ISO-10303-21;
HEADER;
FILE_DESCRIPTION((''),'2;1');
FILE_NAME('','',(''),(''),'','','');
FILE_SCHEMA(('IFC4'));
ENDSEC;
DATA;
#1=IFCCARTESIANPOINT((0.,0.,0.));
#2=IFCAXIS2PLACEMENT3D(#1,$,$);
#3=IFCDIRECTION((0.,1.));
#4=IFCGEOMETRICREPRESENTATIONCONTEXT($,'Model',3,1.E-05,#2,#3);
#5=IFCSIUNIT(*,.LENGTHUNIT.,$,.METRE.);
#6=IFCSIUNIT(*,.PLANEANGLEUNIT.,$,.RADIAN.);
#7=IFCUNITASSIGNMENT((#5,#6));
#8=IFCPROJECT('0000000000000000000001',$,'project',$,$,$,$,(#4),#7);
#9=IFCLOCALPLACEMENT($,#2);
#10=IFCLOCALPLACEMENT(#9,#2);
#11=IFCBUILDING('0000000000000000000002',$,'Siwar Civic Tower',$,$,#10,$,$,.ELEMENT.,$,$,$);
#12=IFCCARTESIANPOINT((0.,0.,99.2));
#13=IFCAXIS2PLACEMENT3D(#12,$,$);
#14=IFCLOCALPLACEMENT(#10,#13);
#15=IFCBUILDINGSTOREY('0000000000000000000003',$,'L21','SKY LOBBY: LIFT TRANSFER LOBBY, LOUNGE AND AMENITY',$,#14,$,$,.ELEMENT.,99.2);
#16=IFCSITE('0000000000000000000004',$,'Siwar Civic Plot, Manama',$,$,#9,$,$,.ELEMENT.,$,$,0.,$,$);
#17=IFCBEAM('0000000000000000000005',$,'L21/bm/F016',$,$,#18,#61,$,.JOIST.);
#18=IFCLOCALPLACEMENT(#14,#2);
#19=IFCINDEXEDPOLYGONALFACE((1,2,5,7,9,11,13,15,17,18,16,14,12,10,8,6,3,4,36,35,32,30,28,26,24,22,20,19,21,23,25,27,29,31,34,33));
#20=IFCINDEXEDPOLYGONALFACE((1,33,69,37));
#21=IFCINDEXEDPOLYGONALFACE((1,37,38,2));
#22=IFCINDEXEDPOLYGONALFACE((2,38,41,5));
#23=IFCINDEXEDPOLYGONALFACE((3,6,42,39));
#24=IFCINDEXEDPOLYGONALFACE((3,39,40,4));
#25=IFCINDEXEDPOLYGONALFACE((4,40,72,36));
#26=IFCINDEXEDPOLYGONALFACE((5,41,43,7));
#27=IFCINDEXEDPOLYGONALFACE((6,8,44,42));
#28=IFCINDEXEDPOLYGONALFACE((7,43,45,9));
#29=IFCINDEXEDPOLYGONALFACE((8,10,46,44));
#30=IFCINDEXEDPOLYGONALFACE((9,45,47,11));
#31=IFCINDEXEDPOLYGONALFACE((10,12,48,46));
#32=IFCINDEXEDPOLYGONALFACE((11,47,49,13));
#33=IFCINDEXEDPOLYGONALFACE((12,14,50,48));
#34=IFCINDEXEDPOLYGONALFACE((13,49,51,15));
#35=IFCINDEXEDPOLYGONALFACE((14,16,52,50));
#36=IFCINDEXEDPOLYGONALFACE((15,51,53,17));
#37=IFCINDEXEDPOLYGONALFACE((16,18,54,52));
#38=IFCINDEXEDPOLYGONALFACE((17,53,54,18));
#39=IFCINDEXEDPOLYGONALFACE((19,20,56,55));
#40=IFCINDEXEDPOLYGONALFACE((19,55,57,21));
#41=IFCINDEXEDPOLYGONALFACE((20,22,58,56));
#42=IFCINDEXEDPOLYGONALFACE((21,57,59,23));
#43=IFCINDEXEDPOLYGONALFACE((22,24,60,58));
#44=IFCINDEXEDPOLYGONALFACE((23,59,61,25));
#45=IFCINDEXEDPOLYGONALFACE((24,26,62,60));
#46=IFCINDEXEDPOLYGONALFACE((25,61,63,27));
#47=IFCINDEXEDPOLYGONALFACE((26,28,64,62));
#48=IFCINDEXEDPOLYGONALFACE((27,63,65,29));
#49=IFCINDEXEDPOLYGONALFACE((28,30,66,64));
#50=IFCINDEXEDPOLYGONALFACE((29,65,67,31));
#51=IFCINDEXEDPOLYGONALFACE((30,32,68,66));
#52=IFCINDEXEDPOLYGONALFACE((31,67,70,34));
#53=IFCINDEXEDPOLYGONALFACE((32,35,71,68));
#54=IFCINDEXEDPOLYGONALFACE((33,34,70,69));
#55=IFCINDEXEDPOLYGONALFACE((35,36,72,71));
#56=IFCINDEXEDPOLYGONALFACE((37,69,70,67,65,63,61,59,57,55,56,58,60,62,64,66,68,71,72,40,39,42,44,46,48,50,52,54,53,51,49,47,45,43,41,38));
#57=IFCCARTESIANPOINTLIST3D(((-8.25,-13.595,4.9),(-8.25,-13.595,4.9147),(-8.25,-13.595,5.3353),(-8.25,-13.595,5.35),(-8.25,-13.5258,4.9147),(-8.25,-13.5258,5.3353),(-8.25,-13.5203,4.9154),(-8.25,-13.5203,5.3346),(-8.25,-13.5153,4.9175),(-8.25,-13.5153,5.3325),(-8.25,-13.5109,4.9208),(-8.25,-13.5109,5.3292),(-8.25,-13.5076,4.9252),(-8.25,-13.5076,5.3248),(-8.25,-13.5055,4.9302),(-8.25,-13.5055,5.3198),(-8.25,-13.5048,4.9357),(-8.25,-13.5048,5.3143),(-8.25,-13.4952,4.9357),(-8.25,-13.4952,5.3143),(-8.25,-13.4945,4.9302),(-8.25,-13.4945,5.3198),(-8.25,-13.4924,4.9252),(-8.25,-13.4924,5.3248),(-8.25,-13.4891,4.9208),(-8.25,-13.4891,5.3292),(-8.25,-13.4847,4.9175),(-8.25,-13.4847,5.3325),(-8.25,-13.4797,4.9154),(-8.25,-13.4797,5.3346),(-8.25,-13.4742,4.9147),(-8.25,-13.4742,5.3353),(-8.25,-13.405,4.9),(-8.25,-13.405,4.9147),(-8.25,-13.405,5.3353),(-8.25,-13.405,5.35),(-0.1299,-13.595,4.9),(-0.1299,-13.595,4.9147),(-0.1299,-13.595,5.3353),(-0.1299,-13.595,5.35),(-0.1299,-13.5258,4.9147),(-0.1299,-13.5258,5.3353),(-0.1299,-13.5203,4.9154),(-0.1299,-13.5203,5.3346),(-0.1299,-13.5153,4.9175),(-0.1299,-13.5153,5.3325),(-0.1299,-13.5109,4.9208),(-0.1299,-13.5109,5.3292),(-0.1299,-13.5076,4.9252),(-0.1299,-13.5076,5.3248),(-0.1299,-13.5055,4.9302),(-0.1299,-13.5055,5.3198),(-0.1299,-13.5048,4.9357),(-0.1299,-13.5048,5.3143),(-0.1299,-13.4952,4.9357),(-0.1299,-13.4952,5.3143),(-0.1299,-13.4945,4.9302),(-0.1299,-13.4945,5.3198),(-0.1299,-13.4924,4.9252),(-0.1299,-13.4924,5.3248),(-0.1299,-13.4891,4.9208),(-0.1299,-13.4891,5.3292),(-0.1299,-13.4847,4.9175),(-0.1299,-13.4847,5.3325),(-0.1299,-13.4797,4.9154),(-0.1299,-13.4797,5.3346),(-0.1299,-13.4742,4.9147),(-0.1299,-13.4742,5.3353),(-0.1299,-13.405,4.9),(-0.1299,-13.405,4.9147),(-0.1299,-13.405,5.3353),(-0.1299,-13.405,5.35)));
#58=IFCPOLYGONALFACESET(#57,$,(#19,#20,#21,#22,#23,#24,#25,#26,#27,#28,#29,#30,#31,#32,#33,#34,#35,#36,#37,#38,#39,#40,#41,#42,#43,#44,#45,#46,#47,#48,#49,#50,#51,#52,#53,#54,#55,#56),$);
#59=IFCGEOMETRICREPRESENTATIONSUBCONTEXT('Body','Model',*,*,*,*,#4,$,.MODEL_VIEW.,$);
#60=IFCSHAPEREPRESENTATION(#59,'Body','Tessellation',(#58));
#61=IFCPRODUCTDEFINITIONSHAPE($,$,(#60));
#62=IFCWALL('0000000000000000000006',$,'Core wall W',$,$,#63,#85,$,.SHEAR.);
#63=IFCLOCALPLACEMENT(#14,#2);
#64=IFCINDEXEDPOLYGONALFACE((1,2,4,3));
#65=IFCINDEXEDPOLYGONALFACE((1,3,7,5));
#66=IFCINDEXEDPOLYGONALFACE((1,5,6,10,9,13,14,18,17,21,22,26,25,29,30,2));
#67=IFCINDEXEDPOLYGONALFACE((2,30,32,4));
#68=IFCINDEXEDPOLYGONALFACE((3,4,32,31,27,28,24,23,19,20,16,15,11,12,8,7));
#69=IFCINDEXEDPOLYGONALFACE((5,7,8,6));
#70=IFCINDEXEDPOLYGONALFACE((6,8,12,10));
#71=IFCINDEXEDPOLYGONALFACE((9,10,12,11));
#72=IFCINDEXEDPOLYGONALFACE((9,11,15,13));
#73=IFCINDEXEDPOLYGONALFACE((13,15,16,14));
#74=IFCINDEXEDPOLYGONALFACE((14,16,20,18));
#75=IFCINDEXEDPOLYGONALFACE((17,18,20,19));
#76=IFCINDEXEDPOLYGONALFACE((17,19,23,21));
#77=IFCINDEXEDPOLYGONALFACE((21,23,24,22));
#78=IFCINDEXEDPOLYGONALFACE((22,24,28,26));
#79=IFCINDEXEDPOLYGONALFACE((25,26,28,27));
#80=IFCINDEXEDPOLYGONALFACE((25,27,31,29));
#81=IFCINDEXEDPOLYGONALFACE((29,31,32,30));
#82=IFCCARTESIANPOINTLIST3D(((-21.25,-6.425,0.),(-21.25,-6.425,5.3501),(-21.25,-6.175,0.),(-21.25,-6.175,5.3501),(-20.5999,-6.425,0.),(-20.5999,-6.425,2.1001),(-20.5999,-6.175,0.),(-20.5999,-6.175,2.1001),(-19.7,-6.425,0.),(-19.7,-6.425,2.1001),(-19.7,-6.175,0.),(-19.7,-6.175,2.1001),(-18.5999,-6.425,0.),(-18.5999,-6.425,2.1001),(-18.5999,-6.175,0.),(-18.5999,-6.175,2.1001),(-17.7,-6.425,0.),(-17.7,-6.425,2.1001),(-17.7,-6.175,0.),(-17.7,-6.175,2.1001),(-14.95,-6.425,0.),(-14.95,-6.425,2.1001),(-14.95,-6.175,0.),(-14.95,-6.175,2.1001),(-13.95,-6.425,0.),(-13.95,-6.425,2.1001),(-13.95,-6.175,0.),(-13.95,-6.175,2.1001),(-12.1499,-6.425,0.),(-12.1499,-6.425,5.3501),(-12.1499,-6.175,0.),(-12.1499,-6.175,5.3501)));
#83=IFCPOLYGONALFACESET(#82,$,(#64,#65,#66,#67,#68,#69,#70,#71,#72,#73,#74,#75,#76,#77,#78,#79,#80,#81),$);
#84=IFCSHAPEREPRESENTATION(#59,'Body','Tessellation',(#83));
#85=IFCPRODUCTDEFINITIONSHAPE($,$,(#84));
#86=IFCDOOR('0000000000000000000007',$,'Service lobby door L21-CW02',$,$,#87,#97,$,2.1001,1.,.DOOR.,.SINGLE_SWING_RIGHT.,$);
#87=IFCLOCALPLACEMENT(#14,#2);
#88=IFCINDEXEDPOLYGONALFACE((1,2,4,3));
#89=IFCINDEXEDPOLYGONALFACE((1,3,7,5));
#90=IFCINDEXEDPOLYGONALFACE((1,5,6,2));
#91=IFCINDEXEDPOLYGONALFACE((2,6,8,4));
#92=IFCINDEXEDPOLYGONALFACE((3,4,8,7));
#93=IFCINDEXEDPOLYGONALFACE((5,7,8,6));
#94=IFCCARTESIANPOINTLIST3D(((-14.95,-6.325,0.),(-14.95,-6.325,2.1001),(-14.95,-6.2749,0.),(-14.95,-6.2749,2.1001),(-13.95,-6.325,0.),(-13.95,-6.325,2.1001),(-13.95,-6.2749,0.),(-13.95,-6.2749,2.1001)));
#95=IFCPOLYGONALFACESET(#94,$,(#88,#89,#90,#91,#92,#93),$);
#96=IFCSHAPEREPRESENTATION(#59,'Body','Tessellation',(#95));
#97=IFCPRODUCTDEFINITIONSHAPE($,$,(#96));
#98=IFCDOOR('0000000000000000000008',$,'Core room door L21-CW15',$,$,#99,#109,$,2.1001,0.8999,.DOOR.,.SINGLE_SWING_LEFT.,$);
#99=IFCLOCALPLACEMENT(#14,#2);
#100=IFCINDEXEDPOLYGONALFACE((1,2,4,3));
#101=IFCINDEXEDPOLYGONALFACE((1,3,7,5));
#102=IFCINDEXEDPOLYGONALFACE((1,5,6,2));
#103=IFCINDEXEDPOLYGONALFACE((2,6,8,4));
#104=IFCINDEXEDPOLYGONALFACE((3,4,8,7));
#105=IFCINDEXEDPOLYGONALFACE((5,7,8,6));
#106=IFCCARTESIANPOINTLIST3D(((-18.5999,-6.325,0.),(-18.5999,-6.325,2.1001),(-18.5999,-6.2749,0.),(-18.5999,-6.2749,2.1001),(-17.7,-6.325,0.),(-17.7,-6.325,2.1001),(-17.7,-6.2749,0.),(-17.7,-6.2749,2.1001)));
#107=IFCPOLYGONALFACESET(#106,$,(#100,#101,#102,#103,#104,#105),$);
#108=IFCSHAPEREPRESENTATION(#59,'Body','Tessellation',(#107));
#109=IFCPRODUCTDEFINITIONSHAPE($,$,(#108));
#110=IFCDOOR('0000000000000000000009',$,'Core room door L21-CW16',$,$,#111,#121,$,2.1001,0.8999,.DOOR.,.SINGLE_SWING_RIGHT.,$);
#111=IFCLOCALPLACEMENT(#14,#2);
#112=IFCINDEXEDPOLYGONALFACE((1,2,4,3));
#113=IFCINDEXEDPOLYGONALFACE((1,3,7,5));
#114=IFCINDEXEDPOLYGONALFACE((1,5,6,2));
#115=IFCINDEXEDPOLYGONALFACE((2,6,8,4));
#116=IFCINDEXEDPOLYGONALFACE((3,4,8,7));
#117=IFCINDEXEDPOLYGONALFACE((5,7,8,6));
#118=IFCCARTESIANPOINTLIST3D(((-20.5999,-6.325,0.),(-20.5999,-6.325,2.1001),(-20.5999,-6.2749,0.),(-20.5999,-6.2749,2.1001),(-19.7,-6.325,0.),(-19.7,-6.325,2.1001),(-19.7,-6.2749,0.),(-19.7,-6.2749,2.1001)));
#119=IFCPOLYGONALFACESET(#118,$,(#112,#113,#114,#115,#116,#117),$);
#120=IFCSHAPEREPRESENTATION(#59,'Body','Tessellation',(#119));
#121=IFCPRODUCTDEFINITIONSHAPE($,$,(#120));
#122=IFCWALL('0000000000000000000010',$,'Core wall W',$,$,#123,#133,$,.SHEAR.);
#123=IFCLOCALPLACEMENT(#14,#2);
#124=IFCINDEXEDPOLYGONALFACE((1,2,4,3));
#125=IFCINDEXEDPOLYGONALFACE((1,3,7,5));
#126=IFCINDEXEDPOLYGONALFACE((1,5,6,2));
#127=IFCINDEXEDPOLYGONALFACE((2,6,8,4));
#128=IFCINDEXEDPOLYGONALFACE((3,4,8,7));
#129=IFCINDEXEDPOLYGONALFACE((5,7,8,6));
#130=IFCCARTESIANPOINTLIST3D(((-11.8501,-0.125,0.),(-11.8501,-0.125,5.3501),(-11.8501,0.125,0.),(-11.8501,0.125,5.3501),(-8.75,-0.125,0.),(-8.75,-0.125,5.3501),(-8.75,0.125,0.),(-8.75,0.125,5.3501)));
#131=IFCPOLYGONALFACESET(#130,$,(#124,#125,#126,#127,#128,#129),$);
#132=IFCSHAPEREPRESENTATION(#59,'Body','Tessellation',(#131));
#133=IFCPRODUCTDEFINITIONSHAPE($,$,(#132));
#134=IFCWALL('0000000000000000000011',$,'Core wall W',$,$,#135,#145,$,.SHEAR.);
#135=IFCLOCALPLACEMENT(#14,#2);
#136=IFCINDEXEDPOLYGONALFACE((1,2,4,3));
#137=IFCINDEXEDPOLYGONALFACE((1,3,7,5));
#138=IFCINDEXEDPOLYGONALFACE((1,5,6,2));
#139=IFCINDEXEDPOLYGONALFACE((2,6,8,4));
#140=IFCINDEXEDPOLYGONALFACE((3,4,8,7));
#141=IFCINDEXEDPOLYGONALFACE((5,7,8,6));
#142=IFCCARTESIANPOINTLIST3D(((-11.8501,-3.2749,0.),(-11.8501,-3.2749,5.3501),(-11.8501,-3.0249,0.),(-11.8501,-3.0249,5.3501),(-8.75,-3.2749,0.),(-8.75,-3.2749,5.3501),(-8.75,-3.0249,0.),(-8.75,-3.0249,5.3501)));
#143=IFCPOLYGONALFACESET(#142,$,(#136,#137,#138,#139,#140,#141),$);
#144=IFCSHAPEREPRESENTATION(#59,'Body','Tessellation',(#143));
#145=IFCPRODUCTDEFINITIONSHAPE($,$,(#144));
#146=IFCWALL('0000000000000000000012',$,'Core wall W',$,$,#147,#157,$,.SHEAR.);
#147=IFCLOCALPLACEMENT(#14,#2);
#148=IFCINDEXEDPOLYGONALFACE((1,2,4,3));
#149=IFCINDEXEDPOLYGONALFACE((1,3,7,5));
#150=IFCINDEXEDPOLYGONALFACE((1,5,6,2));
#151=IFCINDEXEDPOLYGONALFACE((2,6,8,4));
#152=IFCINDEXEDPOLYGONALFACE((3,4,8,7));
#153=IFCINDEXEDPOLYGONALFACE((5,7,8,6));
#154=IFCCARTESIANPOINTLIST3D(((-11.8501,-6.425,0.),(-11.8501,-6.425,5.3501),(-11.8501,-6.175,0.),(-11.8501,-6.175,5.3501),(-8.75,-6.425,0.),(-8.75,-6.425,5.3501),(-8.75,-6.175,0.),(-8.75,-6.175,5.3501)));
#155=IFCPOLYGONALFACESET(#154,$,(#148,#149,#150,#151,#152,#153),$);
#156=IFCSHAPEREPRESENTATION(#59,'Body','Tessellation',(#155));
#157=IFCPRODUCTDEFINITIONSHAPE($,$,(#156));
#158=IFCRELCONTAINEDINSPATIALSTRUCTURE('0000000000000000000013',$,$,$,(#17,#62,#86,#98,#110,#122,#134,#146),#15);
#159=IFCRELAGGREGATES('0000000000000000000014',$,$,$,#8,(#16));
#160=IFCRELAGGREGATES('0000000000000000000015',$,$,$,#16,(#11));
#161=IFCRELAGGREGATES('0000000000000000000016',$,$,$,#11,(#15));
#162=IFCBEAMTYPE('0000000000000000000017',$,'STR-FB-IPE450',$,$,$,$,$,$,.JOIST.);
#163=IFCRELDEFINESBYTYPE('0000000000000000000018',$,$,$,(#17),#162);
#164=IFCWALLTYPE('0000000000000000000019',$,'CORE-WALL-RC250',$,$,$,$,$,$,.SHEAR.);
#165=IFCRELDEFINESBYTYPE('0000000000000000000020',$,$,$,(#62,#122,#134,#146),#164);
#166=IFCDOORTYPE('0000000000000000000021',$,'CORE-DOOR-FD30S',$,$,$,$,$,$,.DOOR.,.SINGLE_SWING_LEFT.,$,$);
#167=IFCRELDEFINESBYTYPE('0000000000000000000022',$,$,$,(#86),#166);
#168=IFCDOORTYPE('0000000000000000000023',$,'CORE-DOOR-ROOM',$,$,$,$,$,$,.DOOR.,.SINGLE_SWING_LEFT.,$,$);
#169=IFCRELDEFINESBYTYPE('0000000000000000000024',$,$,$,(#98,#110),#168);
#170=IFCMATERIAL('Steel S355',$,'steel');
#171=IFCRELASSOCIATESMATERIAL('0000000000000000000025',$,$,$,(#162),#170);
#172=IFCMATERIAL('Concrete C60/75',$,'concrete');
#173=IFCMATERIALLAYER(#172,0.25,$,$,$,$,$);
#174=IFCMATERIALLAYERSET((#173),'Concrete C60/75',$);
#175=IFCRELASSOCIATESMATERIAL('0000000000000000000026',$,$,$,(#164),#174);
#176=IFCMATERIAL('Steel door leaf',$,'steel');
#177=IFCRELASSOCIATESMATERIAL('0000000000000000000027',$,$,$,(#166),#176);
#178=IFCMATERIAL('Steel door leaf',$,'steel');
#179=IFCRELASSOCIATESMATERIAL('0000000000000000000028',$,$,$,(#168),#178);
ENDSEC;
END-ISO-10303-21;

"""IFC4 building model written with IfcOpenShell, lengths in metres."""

from ifc_helpers import new_model, si_unit, direction, frame, frame_2d, origin, origin_2d, place, context, subcontext, project, spatial, rectangle, i_section, extrude, material, layer, layer_set, material_profile, profile_set, type_object, element, fill, save


model = new_model("IFC4")

# Units and contexts
model_context = context("Model", 3, precision=1e-05, world=origin(), true_north=direction((0.0, 1.0)))
body_context = subcontext(model_context, "Body", "Model", "MODEL_VIEW")
ifc_project = project(units=[si_unit("LENGTHUNIT", "METRE"), si_unit("PLANEANGLEUNIT", "RADIAN")], contexts=[model_context])

# Site, building, storey
site_placement = place(None, origin())
site = spatial("IfcSite", under=ifc_project, at=site_placement, Name="Siwar Civic Plot, Manama", CompositionType="ELEMENT", RefElevation=0.0)
building_placement = place(site_placement, origin())
building = spatial("IfcBuilding", under=site, at=building_placement, Name="Siwar Civic Tower", CompositionType="ELEMENT")
storey_placement = place(building_placement, frame((0.0, 0.0, 99.2)))
storey = spatial("IfcBuildingStorey", under=building, at=storey_placement, Name="L21", Description="SKY LOBBY: LIFT TRANSFER LOBBY, LOUNGE AND AMENITY", CompositionType="ELEMENT", Elevation=99.2)

# Beam
ifc_material_1 = material(Name="Steel S355", Category="steel")
ifc_material_profile = material_profile(ifc_material_1, i_section(OverallWidth=0.1899, OverallDepth=0.45, WebThickness=0.0095, FlangeThickness=0.0146, FilletRadius=0.021, at=origin_2d()), Name="IPE450")
ifc_profile_set = profile_set([ifc_material_profile], Name="Steel S355")
beam_type = type_object("IfcBeamType", Name="STR-FB-IPE450", PredefinedType="JOIST", material=ifc_profile_set)
beam_placement = place(storey_placement, frame((-8.25, -13.5, 5.125), z_axis=(1.0, 0.0, 0.0), x_axis=(0.0, 1.0, 0.0)))
element("IfcBeam", 1, at=beam_placement, inside=storey, type_object=beam_type, Name="L21/bm/F016", PredefinedType="JOIST", context=body_context, shape_type="SweptSolid", body=[
    extrude(i_section(OverallWidth=0.1899, OverallDepth=0.45, WebThickness=0.0095, FlangeThickness=0.0146, FilletRadius=0.021, at=origin_2d()), origin(), (0.0, 0.0, 1.0), 8.1201),
])

# Wall, openings, doors
ifc_material_2 = material(Name="Concrete C60/75", Category="concrete")
ifc_layer_1 = layer(ifc_material_2, 0.25)
ifc_layer_set_1 = layer_set([ifc_layer_1], Name="Concrete C60/75")
wall_type_1 = type_object("IfcWallType", Name="CORE-WALL-RC250", PredefinedType="SHEAR", material=ifc_layer_set_1)
wall_1_placement = place(storey_placement, frame((-12.1499, -6.3, 0.0), z_axis=(0.0, 0.0, 1.0), x_axis=(-1.0, 0.0, 0.0)))
wall_1 = element("IfcWall", 2, at=wall_1_placement, inside=storey, type_object=wall_type_1, Name="Core wall W", PredefinedType="SHEAR", context=body_context, shape_type="SweptSolid", body=[
    extrude(rectangle(XDim=9.1001, YDim=0.25, at=frame_2d((4.55, 0.0))), origin(), (0.0, 0.0, 1.0), 5.3501),
])
opening_1_placement = place(wall_1_placement, frame((1.8, 0.0, 0.0)))
opening_1 = element("IfcOpeningElement", 3, at=opening_1_placement, cuts=wall_1, PredefinedType="OPENING", context=body_context, shape_type="SweptSolid", body=[
    extrude(rectangle(XDim=1.0, YDim=2.1001, at=frame_2d((0.5, 1.05))), frame((0.0, 0.135, 0.0), z_axis=(0.0, -1.0, 0.0), x_axis=(1.0, 0.0, 0.0)), (0.0, 0.0, 1.0), 0.27),
])
opening_2_placement = place(wall_1_placement, frame((5.55, 0.0, 0.0)))
opening_2 = element("IfcOpeningElement", 4, at=opening_2_placement, cuts=wall_1, PredefinedType="OPENING", context=body_context, shape_type="SweptSolid", body=[
    extrude(rectangle(XDim=0.8999, YDim=2.1001, at=frame_2d((0.45, 1.05))), frame((0.0, 0.135, 0.0), z_axis=(0.0, -1.0, 0.0), x_axis=(1.0, 0.0, 0.0)), (0.0, 0.0, 1.0), 0.27),
])
opening_3_placement = place(wall_1_placement, frame((7.55, 0.0, 0.0)))
opening_3 = element("IfcOpeningElement", 5, at=opening_3_placement, cuts=wall_1, PredefinedType="OPENING", context=body_context, shape_type="SweptSolid", body=[
    extrude(rectangle(XDim=0.8999, YDim=2.1001, at=frame_2d((0.45, 1.05))), frame((0.0, 0.135, 0.0), z_axis=(0.0, -1.0, 0.0), x_axis=(1.0, 0.0, 0.0)), (0.0, 0.0, 1.0), 0.27),
])
ifc_material_3 = material(Name="Steel door leaf", Category="steel")
door_type_1 = type_object("IfcDoorType", Name="CORE-DOOR-FD30S", OperationType="SINGLE_SWING_LEFT", PredefinedType="DOOR", material=ifc_material_3)
door_1_placement = place(opening_1_placement, origin())
door_1 = element("IfcDoor", 6, at=door_1_placement, inside=storey, type_object=door_type_1, Name="Service lobby door L21-CW02", OperationType="SINGLE_SWING_RIGHT", OverallHeight=2.1001, OverallWidth=1.0, PredefinedType="DOOR", context=body_context, shape_type="SweptSolid", body=[
    extrude(rectangle(XDim=1.0, YDim=2.1001, at=frame_2d((0.5, 1.05))), frame((0.0, 0.0249, 0.0), z_axis=(0.0, -1.0, 0.0), x_axis=(1.0, 0.0, 0.0)), (0.0, 0.0, 1.0), 0.05),
])
fill(opening_1, door_1)
ifc_material_4 = material(Name="Steel door leaf", Category="steel")
door_type_2 = type_object("IfcDoorType", Name="CORE-DOOR-ROOM", OperationType="SINGLE_SWING_LEFT", PredefinedType="DOOR", material=ifc_material_4)
door_2_placement = place(opening_2_placement, origin())
door_2 = element("IfcDoor", 7, at=door_2_placement, inside=storey, type_object=door_type_2, Name="Core room door L21-CW15", OperationType="SINGLE_SWING_LEFT", OverallHeight=2.1001, OverallWidth=0.8999, PredefinedType="DOOR", context=body_context, shape_type="SweptSolid", body=[
    extrude(rectangle(XDim=0.8999, YDim=2.1001, at=frame_2d((0.45, 1.05))), frame((0.0, 0.0249, 0.0), z_axis=(0.0, -1.0, 0.0), x_axis=(1.0, 0.0, 0.0)), (0.0, 0.0, 1.0), 0.05),
])
fill(opening_2, door_2)
door_3_placement = place(opening_3_placement, origin())
door_3 = element("IfcDoor", 8, at=door_3_placement, inside=storey, type_object=door_type_2, Name="Core room door L21-CW16", OperationType="SINGLE_SWING_RIGHT", OverallHeight=2.1001, OverallWidth=0.8999, PredefinedType="DOOR", context=body_context, shape_type="SweptSolid", body=[
    extrude(rectangle(XDim=0.8999, YDim=2.1001, at=frame_2d((0.45, 1.05))), frame((0.0, 0.0249, 0.0), z_axis=(0.0, -1.0, 0.0), x_axis=(1.0, 0.0, 0.0)), (0.0, 0.0, 1.0), 0.05),
])
fill(opening_3, door_3)

# Walls
for number, where, z_axis, x_axis, name in (
    (9, (-8.75, 0.0, 0.0), (0.0, 0.0, 1.0), (-1.0, 0.0, 0.0), "Core wall W"),
    (10, (-8.75, -3.1499, 0.0), (0.0, 0.0, 1.0), (-1.0, 0.0, 0.0), "Core wall W"),
    (11, (-8.75, -6.3, 0.0), (0.0, 0.0, 1.0), (-1.0, 0.0, 0.0), "Core wall W"),
):
    element("IfcWall", number, at=place(storey_placement, frame(where, z_axis=z_axis, x_axis=x_axis)), inside=storey, type_object=wall_type_1, Name=name, PredefinedType="SHEAR", context=body_context, shape_type="SweptSolid", body=[
        extrude(rectangle(XDim=3.1001, YDim=0.25, at=frame_2d((1.55, 0.0))), origin(), (0.0, 0.0, 1.0), 5.3501),
    ])

save(model, "model.ifc")
